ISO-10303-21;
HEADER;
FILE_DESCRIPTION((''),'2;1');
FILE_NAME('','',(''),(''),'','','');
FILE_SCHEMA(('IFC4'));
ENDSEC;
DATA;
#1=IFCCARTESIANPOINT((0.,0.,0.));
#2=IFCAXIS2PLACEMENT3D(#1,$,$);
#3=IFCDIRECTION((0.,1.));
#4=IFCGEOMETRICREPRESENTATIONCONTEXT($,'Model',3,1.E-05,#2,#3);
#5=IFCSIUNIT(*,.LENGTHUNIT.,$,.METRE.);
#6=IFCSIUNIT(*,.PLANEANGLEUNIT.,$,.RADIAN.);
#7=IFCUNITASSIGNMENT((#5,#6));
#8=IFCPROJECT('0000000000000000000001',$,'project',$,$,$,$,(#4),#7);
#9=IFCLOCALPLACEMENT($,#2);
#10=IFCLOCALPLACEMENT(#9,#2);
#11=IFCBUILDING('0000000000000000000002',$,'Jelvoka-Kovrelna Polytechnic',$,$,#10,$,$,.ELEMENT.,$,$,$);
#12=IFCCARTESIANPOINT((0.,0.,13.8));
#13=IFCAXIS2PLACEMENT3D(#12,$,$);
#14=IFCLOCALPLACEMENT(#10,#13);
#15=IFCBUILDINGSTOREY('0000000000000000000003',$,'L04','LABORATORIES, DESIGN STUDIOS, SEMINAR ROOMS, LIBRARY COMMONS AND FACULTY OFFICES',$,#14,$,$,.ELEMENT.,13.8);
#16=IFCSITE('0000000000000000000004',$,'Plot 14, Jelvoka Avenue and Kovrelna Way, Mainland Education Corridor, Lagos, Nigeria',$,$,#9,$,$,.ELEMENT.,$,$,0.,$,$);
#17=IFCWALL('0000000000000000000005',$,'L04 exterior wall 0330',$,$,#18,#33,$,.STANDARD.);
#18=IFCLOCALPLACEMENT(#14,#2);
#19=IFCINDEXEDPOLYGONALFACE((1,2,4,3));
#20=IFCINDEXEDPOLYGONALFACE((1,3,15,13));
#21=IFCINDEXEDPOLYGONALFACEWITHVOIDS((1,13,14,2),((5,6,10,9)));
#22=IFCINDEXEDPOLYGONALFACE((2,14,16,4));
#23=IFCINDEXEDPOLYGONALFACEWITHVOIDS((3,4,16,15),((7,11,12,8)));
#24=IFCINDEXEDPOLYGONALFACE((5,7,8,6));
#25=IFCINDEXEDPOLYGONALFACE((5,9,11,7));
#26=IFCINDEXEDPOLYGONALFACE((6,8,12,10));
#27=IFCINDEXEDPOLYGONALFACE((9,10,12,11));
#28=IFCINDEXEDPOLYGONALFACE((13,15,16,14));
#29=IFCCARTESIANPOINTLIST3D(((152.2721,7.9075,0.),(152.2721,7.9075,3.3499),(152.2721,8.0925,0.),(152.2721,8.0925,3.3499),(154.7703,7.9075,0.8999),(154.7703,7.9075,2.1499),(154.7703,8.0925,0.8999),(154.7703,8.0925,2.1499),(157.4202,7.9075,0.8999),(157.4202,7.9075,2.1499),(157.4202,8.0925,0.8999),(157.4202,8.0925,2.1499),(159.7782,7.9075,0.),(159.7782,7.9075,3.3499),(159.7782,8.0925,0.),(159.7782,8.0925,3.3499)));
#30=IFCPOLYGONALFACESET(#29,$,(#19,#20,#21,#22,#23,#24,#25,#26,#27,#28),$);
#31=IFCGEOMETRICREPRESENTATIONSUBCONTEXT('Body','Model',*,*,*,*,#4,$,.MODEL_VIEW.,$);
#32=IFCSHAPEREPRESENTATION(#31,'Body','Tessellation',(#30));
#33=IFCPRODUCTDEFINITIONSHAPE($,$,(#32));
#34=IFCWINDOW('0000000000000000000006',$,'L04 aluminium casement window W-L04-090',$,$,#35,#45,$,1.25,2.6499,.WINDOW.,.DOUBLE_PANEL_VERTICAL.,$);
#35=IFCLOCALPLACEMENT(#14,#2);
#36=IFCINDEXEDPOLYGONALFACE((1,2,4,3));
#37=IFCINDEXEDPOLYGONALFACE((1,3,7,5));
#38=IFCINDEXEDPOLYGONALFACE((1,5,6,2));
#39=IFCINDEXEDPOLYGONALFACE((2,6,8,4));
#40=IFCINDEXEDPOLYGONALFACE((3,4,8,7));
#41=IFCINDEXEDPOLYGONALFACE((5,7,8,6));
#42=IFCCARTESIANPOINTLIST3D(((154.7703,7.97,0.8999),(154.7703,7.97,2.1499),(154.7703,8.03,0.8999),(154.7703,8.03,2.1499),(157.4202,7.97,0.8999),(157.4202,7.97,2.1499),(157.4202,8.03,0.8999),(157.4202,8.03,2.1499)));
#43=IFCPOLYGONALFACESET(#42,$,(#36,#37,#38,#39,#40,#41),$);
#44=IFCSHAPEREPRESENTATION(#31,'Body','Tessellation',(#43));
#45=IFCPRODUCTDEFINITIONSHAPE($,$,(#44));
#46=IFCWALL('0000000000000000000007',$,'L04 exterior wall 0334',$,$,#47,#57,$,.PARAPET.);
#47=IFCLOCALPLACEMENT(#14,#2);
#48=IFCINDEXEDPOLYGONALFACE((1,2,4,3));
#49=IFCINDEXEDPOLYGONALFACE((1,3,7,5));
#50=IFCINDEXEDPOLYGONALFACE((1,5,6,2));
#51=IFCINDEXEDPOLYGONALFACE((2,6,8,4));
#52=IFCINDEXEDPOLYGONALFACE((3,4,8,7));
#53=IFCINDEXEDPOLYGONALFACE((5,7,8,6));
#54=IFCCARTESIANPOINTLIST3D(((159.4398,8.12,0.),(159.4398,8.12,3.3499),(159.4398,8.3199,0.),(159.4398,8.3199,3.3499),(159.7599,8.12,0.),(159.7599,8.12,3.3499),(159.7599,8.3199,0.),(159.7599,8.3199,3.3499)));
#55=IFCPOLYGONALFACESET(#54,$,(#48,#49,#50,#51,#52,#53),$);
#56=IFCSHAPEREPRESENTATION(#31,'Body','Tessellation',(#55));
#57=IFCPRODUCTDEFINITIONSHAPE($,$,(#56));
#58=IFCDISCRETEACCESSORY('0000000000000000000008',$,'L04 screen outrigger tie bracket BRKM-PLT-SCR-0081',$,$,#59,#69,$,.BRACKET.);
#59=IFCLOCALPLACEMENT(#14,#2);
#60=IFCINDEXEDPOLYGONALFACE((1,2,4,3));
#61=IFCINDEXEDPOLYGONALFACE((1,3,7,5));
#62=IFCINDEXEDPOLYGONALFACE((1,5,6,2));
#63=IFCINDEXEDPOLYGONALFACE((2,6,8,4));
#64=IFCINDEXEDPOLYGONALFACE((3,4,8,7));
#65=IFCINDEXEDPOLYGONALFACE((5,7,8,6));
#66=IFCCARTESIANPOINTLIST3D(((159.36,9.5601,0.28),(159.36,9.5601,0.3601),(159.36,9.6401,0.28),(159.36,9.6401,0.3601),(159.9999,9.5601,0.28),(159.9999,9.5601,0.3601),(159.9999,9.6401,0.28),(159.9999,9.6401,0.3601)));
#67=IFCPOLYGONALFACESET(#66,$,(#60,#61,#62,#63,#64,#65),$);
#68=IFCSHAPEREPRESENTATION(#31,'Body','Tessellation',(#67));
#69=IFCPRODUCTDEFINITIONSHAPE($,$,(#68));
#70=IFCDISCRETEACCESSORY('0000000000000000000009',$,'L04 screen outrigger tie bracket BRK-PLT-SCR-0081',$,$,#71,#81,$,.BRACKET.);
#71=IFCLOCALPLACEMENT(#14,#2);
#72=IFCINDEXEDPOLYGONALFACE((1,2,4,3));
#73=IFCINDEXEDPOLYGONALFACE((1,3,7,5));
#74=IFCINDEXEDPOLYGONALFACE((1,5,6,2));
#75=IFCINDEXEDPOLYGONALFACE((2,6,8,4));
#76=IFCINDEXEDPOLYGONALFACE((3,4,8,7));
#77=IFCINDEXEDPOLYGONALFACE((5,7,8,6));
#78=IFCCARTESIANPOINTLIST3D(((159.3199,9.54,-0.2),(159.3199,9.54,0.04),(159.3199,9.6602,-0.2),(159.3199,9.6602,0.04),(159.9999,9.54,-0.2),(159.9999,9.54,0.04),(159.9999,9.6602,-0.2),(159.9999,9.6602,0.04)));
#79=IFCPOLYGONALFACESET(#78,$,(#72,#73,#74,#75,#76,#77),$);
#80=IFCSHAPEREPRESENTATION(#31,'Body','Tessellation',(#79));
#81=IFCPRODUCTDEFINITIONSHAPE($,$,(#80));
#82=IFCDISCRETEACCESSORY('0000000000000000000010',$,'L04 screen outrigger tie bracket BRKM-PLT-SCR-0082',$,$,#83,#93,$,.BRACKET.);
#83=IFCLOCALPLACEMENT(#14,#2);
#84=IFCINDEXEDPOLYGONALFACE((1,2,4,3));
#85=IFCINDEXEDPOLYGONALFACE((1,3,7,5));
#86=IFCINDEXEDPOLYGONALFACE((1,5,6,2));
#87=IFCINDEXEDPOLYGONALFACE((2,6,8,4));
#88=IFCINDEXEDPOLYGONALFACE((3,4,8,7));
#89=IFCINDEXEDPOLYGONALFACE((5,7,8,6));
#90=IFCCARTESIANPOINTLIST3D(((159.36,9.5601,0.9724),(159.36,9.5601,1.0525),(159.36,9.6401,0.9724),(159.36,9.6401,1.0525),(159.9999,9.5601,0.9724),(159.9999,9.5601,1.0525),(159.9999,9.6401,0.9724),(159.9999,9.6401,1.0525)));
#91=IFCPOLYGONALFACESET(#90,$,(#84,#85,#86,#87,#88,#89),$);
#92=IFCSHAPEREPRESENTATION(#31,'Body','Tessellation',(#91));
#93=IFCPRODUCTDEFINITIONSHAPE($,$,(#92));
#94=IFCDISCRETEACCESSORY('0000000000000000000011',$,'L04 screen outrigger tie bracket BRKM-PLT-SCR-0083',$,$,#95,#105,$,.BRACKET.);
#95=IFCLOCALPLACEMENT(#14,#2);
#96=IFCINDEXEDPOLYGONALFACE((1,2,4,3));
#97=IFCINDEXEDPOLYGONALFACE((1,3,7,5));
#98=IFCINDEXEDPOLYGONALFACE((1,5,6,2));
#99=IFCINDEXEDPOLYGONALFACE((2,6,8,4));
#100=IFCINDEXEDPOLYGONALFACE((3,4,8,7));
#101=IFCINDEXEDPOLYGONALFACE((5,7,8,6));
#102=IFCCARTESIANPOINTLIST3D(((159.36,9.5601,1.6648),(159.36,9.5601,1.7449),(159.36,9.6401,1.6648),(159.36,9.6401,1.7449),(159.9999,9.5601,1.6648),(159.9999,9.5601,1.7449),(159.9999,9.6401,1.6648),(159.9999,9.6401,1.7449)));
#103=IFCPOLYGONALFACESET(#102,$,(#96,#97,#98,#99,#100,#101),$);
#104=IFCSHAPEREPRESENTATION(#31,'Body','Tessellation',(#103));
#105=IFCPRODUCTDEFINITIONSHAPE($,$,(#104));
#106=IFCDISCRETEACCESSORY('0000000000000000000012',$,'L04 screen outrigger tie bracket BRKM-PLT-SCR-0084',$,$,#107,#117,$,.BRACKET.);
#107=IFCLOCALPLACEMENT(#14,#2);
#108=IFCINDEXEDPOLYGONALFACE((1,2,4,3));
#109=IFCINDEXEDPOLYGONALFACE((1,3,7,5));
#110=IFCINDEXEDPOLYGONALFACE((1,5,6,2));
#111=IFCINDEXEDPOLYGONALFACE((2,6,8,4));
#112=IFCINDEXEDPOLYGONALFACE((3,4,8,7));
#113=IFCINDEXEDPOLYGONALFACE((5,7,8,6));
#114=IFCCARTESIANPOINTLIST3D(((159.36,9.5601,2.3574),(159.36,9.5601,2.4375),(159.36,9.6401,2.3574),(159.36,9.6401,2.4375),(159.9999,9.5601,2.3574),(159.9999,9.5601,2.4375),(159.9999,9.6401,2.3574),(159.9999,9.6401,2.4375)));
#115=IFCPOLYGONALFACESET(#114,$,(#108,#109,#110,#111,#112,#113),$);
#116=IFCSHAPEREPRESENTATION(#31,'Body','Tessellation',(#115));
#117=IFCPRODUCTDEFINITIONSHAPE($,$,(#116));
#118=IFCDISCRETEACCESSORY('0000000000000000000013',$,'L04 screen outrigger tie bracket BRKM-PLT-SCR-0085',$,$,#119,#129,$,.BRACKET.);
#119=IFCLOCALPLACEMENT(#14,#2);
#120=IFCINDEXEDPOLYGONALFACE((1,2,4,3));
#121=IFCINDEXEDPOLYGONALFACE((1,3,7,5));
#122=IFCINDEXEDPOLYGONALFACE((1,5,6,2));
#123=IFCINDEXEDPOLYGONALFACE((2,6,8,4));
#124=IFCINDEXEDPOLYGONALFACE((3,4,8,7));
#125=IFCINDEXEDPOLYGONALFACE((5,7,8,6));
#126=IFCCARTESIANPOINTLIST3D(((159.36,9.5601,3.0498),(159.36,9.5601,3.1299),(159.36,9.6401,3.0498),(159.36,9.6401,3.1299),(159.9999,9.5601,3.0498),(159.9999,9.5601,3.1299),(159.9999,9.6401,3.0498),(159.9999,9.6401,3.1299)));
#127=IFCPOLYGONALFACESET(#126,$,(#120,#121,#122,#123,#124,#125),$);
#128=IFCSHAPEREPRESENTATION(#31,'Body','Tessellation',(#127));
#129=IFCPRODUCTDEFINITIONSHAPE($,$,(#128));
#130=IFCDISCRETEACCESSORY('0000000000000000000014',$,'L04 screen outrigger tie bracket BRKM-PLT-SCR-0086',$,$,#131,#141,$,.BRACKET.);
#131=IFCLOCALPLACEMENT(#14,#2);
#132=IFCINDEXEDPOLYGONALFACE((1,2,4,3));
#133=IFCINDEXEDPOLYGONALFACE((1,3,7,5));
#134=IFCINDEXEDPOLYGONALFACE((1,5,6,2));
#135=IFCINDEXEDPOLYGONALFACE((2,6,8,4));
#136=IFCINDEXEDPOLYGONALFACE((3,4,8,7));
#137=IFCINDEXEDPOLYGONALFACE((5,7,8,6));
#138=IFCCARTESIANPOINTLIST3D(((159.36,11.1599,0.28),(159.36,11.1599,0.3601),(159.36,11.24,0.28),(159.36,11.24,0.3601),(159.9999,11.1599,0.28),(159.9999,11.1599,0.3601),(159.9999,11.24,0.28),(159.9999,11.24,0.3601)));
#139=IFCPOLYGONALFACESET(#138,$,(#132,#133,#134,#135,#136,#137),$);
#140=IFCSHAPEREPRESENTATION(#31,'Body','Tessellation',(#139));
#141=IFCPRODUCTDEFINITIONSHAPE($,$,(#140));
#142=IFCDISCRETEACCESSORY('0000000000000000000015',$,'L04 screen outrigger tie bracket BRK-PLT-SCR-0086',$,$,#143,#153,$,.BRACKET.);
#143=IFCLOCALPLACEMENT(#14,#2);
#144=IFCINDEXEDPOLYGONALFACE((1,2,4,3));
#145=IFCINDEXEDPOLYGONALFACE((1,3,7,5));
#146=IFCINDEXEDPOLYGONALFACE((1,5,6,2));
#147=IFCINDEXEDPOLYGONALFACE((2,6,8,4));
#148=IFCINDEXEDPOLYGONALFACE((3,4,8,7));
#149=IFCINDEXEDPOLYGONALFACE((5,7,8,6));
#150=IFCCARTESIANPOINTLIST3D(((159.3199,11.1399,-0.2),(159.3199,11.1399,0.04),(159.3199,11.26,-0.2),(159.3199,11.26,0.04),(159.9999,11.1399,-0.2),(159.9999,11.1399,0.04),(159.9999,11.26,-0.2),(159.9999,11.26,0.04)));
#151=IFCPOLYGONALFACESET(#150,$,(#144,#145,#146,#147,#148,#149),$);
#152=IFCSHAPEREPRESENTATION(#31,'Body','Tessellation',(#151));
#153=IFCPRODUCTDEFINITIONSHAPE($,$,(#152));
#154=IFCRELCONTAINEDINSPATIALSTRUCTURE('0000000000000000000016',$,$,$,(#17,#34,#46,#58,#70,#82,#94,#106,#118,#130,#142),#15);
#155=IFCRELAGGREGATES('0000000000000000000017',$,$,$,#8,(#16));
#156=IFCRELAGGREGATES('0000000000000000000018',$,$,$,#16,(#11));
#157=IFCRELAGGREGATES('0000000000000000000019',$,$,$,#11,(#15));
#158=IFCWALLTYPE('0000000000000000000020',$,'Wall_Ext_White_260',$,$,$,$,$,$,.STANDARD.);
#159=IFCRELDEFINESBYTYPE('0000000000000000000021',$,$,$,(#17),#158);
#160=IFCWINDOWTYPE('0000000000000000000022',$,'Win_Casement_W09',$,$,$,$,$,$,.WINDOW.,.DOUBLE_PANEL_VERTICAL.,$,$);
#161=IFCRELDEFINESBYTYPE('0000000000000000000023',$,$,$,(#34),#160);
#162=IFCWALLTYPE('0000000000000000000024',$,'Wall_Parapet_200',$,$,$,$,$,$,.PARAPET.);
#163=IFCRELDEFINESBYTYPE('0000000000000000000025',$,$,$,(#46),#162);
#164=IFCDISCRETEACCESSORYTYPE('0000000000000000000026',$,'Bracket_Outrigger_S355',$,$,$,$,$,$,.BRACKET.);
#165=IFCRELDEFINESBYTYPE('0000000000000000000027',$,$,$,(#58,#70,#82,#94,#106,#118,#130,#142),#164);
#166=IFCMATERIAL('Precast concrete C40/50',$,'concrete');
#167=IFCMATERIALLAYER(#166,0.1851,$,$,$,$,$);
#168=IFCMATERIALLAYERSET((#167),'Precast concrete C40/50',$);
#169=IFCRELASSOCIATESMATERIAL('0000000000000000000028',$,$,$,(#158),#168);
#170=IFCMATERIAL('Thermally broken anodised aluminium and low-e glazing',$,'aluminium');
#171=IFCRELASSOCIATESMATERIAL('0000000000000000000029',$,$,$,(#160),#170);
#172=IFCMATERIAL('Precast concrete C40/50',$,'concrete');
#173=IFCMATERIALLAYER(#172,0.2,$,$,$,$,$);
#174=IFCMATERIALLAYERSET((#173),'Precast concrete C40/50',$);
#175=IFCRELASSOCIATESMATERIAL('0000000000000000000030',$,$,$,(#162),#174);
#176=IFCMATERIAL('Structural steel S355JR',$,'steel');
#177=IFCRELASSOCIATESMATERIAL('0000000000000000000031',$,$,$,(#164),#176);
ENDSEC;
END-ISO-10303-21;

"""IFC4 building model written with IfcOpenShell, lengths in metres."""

from ifc_helpers import new_model, si_unit, direction, frame, frame_2d, origin, origin_2d, place, context, subcontext, project, spatial, rectangle, extrude, material, layer, layer_set, type_object, element, fill, save


model = new_model("IFC4")

# Units and contexts
model_context = context("Model", 3, precision=1e-05, world=origin(), true_north=direction((0.0, 1.0)))
body_context = subcontext(model_context, "Body", "Model", "MODEL_VIEW")
ifc_project = project(units=[si_unit("LENGTHUNIT", "METRE"), si_unit("PLANEANGLEUNIT", "RADIAN")], contexts=[model_context])

# Site, building, storey
site_placement = place(None, origin())
site = spatial("IfcSite", under=ifc_project, at=site_placement, Name="Plot 14, Jelvoka Avenue and Kovrelna Way, Mainland Education Corridor, Lagos, Nigeria", CompositionType="ELEMENT", RefElevation=0.0)
building_placement = place(site_placement, origin())
building = spatial("IfcBuilding", under=site, at=building_placement, Name="Jelvoka-Kovrelna Polytechnic", CompositionType="ELEMENT")
storey_placement = place(building_placement, frame((0.0, 0.0, 13.8)))
storey = spatial("IfcBuildingStorey", under=building, at=storey_placement, Name="L04", Description="LABORATORIES, DESIGN STUDIOS, SEMINAR ROOMS, LIBRARY COMMONS AND FACULTY OFFICES", CompositionType="ELEMENT", Elevation=13.8)

# Wall, opening, window
ifc_material_1 = material(Name="Precast concrete C40/50", Category="concrete")
ifc_layer_1 = layer(ifc_material_1, 0.1851)
ifc_layer_set_1 = layer_set([ifc_layer_1], Name="Precast concrete C40/50")
wall_type_1 = type_object("IfcWallType", Name="Wall_Ext_White_260", PredefinedType="STANDARD", material=ifc_layer_set_1)
wall_1_placement = place(storey_placement, frame((159.7781, 8.0, 0.0), z_axis=(0.0, 0.0, 1.0), x_axis=(-1.0, 0.0, 0.0)))
wall_1 = element("IfcWall", 1, at=wall_1_placement, inside=storey, type_object=wall_type_1, Name="L04 exterior wall 0330", PredefinedType="STANDARD", context=body_context, shape_type="SweptSolid", body=[
    extrude(rectangle(XDim=7.5061, YDim=0.1851, at=frame_2d((3.7529, 0.0))), origin(), (0.0, 0.0, 1.0), 3.3499),
])
opening_placement = place(wall_1_placement, frame((2.3579, 0.0, 0.8999)))
opening = element("IfcOpeningElement", 2, at=opening_placement, cuts=wall_1, PredefinedType="OPENING", context=body_context, shape_type="SweptSolid", body=[
    extrude(rectangle(XDim=2.6499, YDim=1.25, at=frame_2d((1.325, 0.625))), frame((0.0, 0.1025, 0.0), z_axis=(0.0, -1.0, 0.0), x_axis=(1.0, 0.0, 0.0)), (0.0, 0.0, 1.0), 0.2051),
])
ifc_material_2 = material(Name="Thermally broken anodised aluminium and low-e glazing", Category="aluminium")
window_type = type_object("IfcWindowType", Name="Win_Casement_W09", PartitioningType="DOUBLE_PANEL_VERTICAL", PredefinedType="WINDOW", material=ifc_material_2)
window_placement = place(opening_placement, origin())
window = element("IfcWindow", 3, at=window_placement, inside=storey, type_object=window_type, Name="L04 aluminium casement window W-L04-090", OverallHeight=1.25, OverallWidth=2.6499, PartitioningType="DOUBLE_PANEL_VERTICAL", PredefinedType="WINDOW", context=body_context, shape_type="SweptSolid", body=[
    extrude(rectangle(XDim=2.6499, YDim=1.25, at=frame_2d((1.325, 0.625))), frame((0.0, 0.03, 0.0), z_axis=(0.0, -1.0, 0.0), x_axis=(1.0, 0.0, 0.0)), (0.0, 0.0, 1.0), 0.0601),
])
fill(opening, window)

# Wall
ifc_material_3 = material(Name="Precast concrete C40/50", Category="concrete")
ifc_layer_2 = layer(ifc_material_3, 0.2)
ifc_layer_set_2 = layer_set([ifc_layer_2], Name="Precast concrete C40/50")
wall_type_2 = type_object("IfcWallType", Name="Wall_Parapet_200", PredefinedType="PARAPET", material=ifc_layer_set_2)
wall_2_placement = place(storey_placement, frame((159.76, 8.22, 0.0), z_axis=(0.0, 0.0, 1.0), x_axis=(-1.0, 0.0, 0.0)))
element("IfcWall", 4, at=wall_2_placement, inside=storey, type_object=wall_type_2, Name="L04 exterior wall 0334", PredefinedType="PARAPET", context=body_context, shape_type="SweptSolid", body=[
    extrude(rectangle(XDim=0.3201, YDim=0.2, at=frame_2d((0.1602, 0.0))), origin(), (0.0, 0.0, 1.0), 3.3499),
])

# Discrete accessories
ifc_material_4 = material(Name="Structural steel S355JR", Category="steel")
discrete_accessory_type = type_object("IfcDiscreteAccessoryType", Name="Bracket_Outrigger_S355", PredefinedType="BRACKET", material=ifc_material_4)
discrete_accessory_1_placement = place(storey_placement, frame((159.6799, 9.6001, 0.28), z_axis=(0.0, 0.0, 1.0), x_axis=(1.0, 0.0, 0.0)))
element("IfcDiscreteAccessory", 5, at=discrete_accessory_1_placement, inside=storey, type_object=discrete_accessory_type, Name="L04 screen outrigger tie bracket BRKM-PLT-SCR-0081", PredefinedType="BRACKET", context=body_context, shape_type="SweptSolid", body=[
    extrude(rectangle(XDim=0.6399, YDim=0.0801, at=origin_2d()), origin(), (0.0, 0.0, 1.0), 0.0801),
])
discrete_accessory_2_placement = place(storey_placement, frame((159.6599, 9.6001, -0.2), z_axis=(0.0, 0.0, 1.0), x_axis=(1.0, 0.0, 0.0)))
element("IfcDiscreteAccessory", 6, at=discrete_accessory_2_placement, inside=storey, type_object=discrete_accessory_type, Name="L04 screen outrigger tie bracket BRK-PLT-SCR-0081", PredefinedType="BRACKET", context=body_context, shape_type="SweptSolid", body=[
    extrude(rectangle(XDim=0.6799, YDim=0.1201, at=origin_2d()), origin(), (0.0, 0.0, 1.0), 0.24),
])
for number, where, z_axis, x_axis, name in (
    (7, (159.6799, 9.6001, 0.9724), (0.0, 0.0, 1.0), (1.0, 0.0, 0.0), "L04 screen outrigger tie bracket BRKM-PLT-SCR-0082"),
    (8, (159.6799, 9.6001, 1.6648), (0.0, 0.0, 1.0), (1.0, 0.0, 0.0), "L04 screen outrigger tie bracket BRKM-PLT-SCR-0083"),
    (9, (159.6799, 9.6001, 2.3574), (0.0, 0.0, 1.0), (1.0, 0.0, 0.0), "L04 screen outrigger tie bracket BRKM-PLT-SCR-0084"),
    (10, (159.6799, 9.6001, 3.0498), (0.0, 0.0, 1.0), (1.0, 0.0, 0.0), "L04 screen outrigger tie bracket BRKM-PLT-SCR-0085"),
    (11, (159.6799, 11.2, 0.28), (0.0, 0.0, 1.0), (1.0, 0.0, 0.0), "L04 screen outrigger tie bracket BRKM-PLT-SCR-0086"),
):
    element("IfcDiscreteAccessory", number, at=place(storey_placement, frame(where, z_axis=z_axis, x_axis=x_axis)), inside=storey, type_object=discrete_accessory_type, Name=name, PredefinedType="BRACKET", context=body_context, shape_type="SweptSolid", body=[
        extrude(rectangle(XDim=0.6399, YDim=0.0801, at=origin_2d()), origin(), (0.0, 0.0, 1.0), 0.0801),
    ])
discrete_accessory_3_placement = place(storey_placement, frame((159.6599, 11.2, -0.2), z_axis=(0.0, 0.0, 1.0), x_axis=(1.0, 0.0, 0.0)))
element("IfcDiscreteAccessory", 12, at=discrete_accessory_3_placement, inside=storey, type_object=discrete_accessory_type, Name="L04 screen outrigger tie bracket BRK-PLT-SCR-0086", PredefinedType="BRACKET", context=body_context, shape_type="SweptSolid", body=[
    extrude(rectangle(XDim=0.6799, YDim=0.1201, at=origin_2d()), origin(), (0.0, 0.0, 1.0), 0.24),
])

save(model, "model.ifc")
